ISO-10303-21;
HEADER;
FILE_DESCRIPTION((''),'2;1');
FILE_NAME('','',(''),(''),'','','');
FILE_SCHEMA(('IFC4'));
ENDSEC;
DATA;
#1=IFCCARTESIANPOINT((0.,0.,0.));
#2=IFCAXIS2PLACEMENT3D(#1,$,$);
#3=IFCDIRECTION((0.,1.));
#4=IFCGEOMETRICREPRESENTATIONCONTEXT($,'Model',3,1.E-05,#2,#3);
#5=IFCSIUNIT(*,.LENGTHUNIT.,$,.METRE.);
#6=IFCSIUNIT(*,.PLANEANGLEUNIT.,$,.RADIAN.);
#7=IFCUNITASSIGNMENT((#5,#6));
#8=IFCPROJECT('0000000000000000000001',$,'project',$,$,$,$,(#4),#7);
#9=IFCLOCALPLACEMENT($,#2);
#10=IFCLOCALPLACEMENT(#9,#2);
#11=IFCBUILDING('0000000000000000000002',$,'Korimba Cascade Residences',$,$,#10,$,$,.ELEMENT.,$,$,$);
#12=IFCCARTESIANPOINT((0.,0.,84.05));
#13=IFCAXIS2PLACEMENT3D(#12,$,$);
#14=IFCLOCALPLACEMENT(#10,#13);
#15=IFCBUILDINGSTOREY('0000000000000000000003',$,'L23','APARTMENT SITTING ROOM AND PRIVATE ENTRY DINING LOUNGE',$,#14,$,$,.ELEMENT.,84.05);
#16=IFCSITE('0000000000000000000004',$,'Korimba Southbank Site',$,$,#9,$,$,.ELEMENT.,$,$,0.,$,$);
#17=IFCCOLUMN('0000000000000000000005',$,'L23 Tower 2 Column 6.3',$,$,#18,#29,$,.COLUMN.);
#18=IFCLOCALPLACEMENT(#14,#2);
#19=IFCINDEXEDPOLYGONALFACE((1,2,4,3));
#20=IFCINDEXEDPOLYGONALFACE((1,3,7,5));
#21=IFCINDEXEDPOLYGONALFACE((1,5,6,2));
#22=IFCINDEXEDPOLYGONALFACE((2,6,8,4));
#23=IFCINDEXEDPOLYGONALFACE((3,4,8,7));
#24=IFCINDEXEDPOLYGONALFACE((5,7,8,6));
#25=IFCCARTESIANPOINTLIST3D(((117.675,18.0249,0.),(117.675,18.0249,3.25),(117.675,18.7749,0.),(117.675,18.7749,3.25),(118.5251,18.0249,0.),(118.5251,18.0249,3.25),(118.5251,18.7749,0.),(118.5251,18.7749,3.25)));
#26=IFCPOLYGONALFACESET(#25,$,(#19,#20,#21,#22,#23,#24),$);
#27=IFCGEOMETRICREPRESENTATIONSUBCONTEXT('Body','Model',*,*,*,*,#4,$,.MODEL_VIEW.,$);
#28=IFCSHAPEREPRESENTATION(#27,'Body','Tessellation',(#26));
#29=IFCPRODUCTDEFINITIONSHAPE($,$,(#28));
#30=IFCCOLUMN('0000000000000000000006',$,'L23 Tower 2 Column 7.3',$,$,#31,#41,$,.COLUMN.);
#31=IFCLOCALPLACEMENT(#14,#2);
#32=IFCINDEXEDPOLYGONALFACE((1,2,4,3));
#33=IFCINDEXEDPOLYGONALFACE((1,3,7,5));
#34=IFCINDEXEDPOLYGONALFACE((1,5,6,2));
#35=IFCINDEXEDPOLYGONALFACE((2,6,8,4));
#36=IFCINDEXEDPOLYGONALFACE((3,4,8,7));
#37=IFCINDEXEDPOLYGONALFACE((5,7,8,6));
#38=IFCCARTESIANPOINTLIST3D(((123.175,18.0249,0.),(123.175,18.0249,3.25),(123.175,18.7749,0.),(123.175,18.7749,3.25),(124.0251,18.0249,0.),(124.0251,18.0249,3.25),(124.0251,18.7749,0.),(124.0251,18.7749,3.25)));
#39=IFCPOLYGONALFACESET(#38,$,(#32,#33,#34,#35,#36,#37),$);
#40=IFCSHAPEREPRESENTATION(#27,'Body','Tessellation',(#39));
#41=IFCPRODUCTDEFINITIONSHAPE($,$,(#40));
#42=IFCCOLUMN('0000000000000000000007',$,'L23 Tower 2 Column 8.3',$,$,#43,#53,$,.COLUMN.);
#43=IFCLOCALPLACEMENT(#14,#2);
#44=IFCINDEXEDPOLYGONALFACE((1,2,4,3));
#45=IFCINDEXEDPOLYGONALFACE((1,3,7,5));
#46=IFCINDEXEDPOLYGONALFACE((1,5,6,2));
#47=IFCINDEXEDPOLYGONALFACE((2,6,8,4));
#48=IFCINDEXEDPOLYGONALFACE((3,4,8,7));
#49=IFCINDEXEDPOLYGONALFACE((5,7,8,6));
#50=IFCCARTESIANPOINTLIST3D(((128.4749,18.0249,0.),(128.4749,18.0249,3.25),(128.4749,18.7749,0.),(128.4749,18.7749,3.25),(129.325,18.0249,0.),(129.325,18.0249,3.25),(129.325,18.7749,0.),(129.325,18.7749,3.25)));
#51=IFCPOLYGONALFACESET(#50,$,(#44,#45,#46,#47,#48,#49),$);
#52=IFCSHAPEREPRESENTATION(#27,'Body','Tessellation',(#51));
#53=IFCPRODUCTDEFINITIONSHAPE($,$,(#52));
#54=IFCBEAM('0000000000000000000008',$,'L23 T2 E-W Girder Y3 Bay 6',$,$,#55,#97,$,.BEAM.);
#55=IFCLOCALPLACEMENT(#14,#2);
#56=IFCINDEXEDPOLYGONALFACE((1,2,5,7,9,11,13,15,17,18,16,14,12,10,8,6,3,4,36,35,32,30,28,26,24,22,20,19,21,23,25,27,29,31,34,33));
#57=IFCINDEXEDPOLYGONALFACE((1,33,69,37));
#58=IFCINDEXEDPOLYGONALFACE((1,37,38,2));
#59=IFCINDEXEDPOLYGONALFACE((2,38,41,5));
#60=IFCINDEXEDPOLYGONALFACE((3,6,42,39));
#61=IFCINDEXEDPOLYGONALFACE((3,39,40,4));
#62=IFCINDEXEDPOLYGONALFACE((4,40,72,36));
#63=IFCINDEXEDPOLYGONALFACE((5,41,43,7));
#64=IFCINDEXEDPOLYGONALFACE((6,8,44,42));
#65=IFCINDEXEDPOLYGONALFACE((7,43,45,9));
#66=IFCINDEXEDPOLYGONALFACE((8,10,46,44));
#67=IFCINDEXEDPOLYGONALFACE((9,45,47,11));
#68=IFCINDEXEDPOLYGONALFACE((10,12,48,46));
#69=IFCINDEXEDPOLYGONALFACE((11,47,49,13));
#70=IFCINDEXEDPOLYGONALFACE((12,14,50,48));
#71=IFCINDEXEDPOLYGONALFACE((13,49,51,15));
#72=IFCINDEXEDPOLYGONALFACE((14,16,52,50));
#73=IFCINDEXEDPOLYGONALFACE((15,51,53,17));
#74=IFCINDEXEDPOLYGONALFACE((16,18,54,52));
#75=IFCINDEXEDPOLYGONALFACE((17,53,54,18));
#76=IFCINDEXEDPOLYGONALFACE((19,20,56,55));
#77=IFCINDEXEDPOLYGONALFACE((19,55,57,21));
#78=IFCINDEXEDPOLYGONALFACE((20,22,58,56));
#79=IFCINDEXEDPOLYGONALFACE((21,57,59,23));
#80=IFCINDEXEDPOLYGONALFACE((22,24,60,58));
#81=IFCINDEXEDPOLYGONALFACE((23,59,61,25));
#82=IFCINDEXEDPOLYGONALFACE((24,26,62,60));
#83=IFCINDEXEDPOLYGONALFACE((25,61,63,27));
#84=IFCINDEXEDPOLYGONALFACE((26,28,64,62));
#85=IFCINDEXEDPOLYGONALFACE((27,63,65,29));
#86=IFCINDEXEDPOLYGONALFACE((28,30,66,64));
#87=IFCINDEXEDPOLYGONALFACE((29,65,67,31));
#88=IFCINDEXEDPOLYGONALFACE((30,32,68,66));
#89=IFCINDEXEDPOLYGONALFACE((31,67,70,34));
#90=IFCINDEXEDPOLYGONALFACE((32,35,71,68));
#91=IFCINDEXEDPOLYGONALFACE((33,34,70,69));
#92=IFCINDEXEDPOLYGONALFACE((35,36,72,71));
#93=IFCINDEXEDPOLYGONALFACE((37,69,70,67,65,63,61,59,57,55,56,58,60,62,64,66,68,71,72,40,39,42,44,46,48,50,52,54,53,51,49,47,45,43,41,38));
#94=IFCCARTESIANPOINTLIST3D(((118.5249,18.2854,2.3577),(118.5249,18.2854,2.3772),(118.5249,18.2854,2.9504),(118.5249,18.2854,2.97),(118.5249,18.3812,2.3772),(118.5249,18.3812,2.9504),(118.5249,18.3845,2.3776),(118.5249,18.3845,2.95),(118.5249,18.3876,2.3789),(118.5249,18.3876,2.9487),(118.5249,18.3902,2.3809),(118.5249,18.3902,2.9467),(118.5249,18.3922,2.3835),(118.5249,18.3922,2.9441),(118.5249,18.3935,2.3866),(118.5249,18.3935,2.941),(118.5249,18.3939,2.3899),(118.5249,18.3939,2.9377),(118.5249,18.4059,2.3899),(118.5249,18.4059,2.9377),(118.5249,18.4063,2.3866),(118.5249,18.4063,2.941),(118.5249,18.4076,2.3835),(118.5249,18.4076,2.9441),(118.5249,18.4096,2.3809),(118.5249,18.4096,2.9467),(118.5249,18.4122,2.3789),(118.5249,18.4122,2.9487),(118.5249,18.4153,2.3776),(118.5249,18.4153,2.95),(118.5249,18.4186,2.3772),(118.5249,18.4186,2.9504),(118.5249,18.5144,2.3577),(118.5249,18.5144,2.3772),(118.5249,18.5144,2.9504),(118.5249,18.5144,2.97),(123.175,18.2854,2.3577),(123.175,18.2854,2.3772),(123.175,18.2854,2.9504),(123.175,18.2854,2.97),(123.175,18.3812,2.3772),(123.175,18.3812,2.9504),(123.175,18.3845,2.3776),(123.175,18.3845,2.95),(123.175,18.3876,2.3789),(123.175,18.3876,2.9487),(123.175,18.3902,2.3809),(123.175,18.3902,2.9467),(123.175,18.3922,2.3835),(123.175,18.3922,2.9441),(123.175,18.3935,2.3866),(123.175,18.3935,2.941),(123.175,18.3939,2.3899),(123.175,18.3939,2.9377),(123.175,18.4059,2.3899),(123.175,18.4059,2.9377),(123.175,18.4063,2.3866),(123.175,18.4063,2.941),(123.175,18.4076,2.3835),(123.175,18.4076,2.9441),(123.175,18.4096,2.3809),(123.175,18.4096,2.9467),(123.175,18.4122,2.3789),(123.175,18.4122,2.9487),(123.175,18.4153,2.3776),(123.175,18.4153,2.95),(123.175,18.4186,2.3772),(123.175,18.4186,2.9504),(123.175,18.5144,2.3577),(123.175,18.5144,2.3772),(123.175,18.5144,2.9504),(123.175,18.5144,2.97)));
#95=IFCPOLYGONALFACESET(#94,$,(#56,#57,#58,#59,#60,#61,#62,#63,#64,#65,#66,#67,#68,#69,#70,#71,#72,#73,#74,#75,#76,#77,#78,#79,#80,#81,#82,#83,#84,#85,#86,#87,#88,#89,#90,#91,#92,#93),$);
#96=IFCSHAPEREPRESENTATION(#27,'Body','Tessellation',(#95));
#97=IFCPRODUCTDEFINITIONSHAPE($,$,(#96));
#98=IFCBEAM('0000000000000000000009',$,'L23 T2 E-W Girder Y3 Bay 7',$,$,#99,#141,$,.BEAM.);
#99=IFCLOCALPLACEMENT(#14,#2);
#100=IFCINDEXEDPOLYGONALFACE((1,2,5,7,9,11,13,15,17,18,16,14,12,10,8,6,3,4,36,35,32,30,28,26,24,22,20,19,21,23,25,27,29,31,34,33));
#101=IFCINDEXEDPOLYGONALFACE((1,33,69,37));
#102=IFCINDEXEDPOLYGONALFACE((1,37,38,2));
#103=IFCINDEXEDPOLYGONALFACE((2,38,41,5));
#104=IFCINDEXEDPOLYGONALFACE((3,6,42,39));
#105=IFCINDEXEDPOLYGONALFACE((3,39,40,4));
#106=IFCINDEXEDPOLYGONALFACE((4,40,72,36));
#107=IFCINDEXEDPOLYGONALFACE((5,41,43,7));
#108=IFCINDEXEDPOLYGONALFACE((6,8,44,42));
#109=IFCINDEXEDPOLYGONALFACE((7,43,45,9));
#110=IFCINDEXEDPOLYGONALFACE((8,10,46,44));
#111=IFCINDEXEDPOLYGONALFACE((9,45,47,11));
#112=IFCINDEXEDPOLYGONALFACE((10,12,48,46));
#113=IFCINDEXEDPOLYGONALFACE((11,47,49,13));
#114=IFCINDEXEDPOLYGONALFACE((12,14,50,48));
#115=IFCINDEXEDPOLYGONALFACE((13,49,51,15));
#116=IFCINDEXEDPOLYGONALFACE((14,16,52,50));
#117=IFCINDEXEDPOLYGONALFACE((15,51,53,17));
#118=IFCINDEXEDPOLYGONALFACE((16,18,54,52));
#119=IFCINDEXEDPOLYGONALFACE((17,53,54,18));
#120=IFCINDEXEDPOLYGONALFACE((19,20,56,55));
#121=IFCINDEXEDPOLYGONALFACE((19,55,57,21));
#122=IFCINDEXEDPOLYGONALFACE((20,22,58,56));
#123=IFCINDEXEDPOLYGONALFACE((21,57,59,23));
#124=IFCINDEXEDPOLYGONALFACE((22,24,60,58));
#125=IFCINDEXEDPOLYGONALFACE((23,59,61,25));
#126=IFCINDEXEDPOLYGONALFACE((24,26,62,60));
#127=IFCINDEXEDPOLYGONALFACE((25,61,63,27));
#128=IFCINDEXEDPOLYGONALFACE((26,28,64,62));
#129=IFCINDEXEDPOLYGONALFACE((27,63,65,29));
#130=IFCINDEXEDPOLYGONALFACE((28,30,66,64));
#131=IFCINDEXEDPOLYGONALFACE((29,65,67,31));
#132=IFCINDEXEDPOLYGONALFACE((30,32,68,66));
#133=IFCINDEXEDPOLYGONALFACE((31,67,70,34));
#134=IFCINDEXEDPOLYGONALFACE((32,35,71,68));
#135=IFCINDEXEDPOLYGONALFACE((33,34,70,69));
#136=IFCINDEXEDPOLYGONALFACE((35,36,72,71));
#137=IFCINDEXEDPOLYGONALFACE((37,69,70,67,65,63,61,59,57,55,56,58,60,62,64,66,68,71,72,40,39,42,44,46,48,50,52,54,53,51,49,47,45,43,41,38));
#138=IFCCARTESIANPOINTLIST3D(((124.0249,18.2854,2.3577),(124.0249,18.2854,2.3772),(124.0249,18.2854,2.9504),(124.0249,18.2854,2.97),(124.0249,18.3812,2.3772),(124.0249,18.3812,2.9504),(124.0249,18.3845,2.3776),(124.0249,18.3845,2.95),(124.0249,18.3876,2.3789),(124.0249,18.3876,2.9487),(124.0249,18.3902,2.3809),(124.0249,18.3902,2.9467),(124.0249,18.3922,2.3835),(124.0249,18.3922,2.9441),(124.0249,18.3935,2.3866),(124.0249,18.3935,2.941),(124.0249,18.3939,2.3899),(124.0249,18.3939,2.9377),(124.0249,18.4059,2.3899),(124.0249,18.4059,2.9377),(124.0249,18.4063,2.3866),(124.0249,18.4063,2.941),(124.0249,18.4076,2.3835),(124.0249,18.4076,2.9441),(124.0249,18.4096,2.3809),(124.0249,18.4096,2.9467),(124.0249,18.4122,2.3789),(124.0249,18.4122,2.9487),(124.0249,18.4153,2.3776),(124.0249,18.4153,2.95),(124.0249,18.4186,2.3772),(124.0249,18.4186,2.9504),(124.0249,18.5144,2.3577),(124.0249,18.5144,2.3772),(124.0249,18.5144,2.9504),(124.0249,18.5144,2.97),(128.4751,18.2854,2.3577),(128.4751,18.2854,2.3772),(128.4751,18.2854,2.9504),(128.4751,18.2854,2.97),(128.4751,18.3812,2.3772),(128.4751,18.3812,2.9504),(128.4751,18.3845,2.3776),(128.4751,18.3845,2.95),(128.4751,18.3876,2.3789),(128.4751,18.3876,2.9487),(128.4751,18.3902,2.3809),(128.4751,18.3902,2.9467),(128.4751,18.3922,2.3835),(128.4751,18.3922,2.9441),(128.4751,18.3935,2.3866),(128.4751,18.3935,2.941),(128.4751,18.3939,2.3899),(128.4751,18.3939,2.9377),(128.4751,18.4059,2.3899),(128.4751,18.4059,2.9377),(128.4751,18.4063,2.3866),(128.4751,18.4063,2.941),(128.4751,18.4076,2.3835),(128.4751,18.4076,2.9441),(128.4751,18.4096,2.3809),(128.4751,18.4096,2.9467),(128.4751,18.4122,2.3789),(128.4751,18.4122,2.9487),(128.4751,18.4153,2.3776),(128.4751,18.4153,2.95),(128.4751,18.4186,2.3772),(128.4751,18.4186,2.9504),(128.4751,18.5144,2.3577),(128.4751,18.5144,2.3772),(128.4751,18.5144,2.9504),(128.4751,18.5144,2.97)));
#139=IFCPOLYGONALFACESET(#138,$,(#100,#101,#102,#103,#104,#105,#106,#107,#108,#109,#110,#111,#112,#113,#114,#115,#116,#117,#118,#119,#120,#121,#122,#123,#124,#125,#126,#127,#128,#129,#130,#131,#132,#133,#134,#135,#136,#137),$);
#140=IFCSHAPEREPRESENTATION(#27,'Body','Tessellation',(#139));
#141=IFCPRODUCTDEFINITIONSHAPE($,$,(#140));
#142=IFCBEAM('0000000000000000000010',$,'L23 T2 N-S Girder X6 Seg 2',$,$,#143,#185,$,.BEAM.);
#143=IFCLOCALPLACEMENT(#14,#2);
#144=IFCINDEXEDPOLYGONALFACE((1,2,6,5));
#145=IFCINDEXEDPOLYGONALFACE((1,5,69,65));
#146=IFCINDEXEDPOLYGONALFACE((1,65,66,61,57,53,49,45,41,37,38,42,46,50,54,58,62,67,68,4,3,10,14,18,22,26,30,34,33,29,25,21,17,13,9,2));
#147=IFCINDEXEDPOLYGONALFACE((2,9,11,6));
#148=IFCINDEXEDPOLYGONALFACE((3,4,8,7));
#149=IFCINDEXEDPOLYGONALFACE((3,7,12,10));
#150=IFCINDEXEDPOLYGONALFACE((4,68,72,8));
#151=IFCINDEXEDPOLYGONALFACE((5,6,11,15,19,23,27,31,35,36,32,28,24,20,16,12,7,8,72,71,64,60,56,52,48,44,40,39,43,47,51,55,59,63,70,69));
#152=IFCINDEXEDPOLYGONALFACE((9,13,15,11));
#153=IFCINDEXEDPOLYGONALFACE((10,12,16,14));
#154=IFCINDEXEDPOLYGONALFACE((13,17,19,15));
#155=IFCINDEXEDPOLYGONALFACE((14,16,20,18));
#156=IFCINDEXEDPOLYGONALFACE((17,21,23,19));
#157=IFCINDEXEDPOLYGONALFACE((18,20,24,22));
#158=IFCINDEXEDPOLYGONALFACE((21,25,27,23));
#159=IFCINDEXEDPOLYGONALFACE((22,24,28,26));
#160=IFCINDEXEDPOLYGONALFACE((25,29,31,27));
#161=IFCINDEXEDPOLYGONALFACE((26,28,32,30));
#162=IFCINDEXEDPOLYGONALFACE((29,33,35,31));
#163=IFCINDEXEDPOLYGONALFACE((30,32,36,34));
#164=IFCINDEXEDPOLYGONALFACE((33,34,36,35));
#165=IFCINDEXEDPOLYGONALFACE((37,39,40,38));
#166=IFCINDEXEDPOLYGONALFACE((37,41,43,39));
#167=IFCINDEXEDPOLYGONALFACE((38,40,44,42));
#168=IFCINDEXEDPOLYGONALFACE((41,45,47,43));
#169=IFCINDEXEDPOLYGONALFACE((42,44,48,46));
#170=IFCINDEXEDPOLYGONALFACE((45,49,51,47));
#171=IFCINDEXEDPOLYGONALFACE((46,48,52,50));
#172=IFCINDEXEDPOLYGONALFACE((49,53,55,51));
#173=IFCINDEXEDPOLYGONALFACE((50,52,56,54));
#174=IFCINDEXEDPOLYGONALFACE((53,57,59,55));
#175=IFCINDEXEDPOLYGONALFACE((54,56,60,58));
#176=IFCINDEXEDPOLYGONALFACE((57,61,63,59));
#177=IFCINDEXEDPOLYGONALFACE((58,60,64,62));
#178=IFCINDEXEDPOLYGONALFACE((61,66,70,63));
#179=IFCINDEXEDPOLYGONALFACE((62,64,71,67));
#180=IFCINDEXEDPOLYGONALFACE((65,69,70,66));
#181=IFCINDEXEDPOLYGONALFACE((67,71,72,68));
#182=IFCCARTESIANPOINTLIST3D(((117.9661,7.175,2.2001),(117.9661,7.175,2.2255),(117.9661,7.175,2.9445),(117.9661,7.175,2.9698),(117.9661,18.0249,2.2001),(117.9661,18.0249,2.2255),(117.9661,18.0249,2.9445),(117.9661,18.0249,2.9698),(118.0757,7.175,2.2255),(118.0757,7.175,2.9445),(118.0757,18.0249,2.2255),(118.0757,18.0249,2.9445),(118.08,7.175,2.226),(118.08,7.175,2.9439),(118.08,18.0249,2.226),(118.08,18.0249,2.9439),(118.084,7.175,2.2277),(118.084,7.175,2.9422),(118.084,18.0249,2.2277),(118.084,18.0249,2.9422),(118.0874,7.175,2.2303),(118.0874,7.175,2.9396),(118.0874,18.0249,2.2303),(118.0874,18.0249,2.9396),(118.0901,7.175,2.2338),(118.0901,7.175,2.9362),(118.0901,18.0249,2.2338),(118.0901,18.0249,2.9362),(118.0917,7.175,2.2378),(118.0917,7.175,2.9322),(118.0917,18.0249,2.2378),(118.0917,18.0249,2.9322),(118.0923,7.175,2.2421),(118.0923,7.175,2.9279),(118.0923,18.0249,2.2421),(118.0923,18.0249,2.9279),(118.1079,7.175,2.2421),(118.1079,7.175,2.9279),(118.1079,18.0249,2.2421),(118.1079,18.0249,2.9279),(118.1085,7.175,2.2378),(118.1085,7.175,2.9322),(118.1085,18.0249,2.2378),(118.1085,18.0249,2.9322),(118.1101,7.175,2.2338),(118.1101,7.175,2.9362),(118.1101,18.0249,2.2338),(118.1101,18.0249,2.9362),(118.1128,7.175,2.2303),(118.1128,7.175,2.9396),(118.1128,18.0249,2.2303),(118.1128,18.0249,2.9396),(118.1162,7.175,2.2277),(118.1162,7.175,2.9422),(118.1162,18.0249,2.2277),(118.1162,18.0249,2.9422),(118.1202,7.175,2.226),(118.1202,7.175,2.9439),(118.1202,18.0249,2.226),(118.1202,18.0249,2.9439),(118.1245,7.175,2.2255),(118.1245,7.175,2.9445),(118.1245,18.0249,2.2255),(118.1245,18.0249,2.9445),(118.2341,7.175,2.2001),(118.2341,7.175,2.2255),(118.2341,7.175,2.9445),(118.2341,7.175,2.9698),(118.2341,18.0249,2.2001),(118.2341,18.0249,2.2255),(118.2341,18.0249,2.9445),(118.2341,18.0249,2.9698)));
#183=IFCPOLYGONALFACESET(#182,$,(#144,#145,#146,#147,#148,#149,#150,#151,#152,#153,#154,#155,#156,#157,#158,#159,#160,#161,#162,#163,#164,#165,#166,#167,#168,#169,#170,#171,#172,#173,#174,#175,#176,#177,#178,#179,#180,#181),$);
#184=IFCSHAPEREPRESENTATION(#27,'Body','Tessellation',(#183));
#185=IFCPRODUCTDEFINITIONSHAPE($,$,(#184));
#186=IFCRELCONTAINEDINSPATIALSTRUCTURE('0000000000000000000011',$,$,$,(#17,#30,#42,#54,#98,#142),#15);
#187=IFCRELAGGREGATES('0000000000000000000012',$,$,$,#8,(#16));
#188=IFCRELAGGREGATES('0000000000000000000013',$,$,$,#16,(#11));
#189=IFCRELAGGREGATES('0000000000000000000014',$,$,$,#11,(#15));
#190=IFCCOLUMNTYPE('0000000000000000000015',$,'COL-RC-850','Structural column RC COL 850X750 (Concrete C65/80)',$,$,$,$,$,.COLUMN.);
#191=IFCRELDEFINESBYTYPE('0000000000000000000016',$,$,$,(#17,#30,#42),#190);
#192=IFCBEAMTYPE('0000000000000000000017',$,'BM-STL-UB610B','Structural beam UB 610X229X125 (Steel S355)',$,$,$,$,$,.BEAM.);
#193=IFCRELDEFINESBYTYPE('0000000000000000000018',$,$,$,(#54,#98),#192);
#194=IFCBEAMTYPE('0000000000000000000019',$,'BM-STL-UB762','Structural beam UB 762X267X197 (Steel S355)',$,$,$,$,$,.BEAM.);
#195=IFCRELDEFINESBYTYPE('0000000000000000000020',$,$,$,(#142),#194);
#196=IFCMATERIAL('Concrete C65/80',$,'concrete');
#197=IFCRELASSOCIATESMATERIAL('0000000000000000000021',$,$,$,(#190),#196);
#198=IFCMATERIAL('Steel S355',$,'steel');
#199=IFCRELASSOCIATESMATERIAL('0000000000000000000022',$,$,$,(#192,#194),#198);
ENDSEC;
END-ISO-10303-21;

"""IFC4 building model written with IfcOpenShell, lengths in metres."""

from ifc_helpers import new_model, si_unit, direction, frame, origin, origin_2d, place, context, subcontext, project, spatial, rectangle, i_section, extrude, material, material_profile, profile_set, type_object, element, save


model = new_model("IFC4")

# Units and contexts
model_context = context("Model", 3, precision=1e-05, world=origin(), true_north=direction((0.0, 1.0)))
body_context = subcontext(model_context, "Body", "Model", "MODEL_VIEW")
ifc_project = project(units=[si_unit("LENGTHUNIT", "METRE"), si_unit("PLANEANGLEUNIT", "RADIAN")], contexts=[model_context])

# Site, building, storey
site_placement = place(None, origin())
site = spatial("IfcSite", under=ifc_project, at=site_placement, Name="Korimba Southbank Site", CompositionType="ELEMENT", RefElevation=0.0)
building_placement = place(site_placement, origin())
building = spatial("IfcBuilding", under=site, at=building_placement, Name="Korimba Cascade Residences", CompositionType="ELEMENT")
storey_placement = place(building_placement, frame((0.0, 0.0, 84.05)))
storey = spatial("IfcBuildingStorey", under=building, at=storey_placement, Name="L23", Description="APARTMENT SITTING ROOM AND PRIVATE ENTRY DINING LOUNGE", CompositionType="ELEMENT", Elevation=84.05)

# Columns
ifc_material_1 = material(Name="Concrete C65/80", Category="concrete")
ifc_material_profile_1 = material_profile(ifc_material_1, rectangle(XDim=0.8501, YDim=0.75, at=origin_2d()), Name="Concrete C65/80")
ifc_profile_set_1 = profile_set([ifc_material_profile_1], Name="Concrete C65/80")
column_type = type_object("IfcColumnType", Name="COL-RC-850", Description="Structural column RC COL 850X750 (Concrete C65/80)", PredefinedType="COLUMN", material=ifc_profile_set_1)
for number, where, z_axis, x_axis, name in (
    (1, (118.1001, 18.3999, 0.0), (0.0, 0.0, 1.0), (1.0, 0.0, 0.0), "L23 Tower 2 Column 6.3"),
    (2, (123.6001, 18.3999, 0.0), (0.0, 0.0, 1.0), (1.0, 0.0, 0.0), "L23 Tower 2 Column 7.3"),
    (3, (128.8999, 18.3999, 0.0), (0.0, 0.0, 1.0), (1.0, 0.0, 0.0), "L23 Tower 2 Column 8.3"),
):
    element("IfcColumn", number, at=place(storey_placement, frame(where, z_axis=z_axis, x_axis=x_axis)), inside=storey, type_object=column_type, Name=name, PredefinedType="COLUMN", context=body_context, shape_type="SweptSolid", body=[
        extrude(rectangle(XDim=0.8501, YDim=0.75, at=origin_2d()), origin(), (0.0, 0.0, 1.0), 3.25),
    ])

# Beams
ifc_material_2 = material(Name="Steel S355", Category="steel")
ifc_material_profile_2 = material_profile(ifc_material_2, i_section(OverallWidth=0.229, OverallDepth=0.6123, WebThickness=0.012, FlangeThickness=0.0195, FilletRadius=0.0127, at=origin_2d()), Name="Steel S355")
ifc_profile_set_2 = profile_set([ifc_material_profile_2], Name="Steel S355")
beam_type_1 = type_object("IfcBeamType", Name="BM-STL-UB610B", Description="Structural beam UB 610X229X125 (Steel S355)", PredefinedType="BEAM", material=ifc_profile_set_2)
beam_1_placement = place(storey_placement, frame((118.5249, 18.3999, 2.6638), z_axis=(1.0, 0.0, 0.0), x_axis=(0.0, 1.0, 0.0)))
element("IfcBeam", 4, at=beam_1_placement, inside=storey, type_object=beam_type_1, Name="L23 T2 E-W Girder Y3 Bay 6", PredefinedType="BEAM", context=body_context, shape_type="SweptSolid", body=[
    extrude(i_section(OverallWidth=0.229, OverallDepth=0.6123, WebThickness=0.012, FlangeThickness=0.0195, FilletRadius=0.0127, at=origin_2d()), origin(), (0.0, 0.0, 1.0), 4.6501),
])
beam_2_placement = place(storey_placement, frame((124.0249, 18.3999, 2.6638), z_axis=(1.0, 0.0, 0.0), x_axis=(0.0, 1.0, 0.0)))
element("IfcBeam", 5, at=beam_2_placement, inside=storey, type_object=beam_type_1, Name="L23 T2 E-W Girder Y3 Bay 7", PredefinedType="BEAM", context=body_context, shape_type="SweptSolid", body=[
    extrude(i_section(OverallWidth=0.229, OverallDepth=0.6123, WebThickness=0.012, FlangeThickness=0.0195, FilletRadius=0.0127, at=origin_2d()), origin(), (0.0, 0.0, 1.0), 4.4502),
])
ifc_material_profile_3 = material_profile(ifc_material_2, i_section(OverallWidth=0.2681, OverallDepth=0.7698, WebThickness=0.0156, FlangeThickness=0.0254, FilletRadius=0.0166, at=origin_2d()), Name="Steel S355")
ifc_profile_set_3 = profile_set([ifc_material_profile_3], Name="Steel S355")
beam_type_2 = type_object("IfcBeamType", Name="BM-STL-UB762", Description="Structural beam UB 762X267X197 (Steel S355)", PredefinedType="BEAM", material=ifc_profile_set_3)
for number, where, z_axis, x_axis, name in (
    (6, (118.1001, 7.175, 2.585), (0.0, 1.0, 0.0), (-1.0, 0.0, 0.0), "L23 T2 N-S Girder X6 Seg 2"),
):
    element("IfcBeam", number, at=place(storey_placement, frame(where, z_axis=z_axis, x_axis=x_axis)), inside=storey, type_object=beam_type_2, Name=name, PredefinedType="BEAM", context=body_context, shape_type="SweptSolid", body=[
        extrude(i_section(OverallWidth=0.2681, OverallDepth=0.7698, WebThickness=0.0156, FlangeThickness=0.0254, FilletRadius=0.0166, at=origin_2d()), origin(), (0.0, 0.0, 1.0), 10.8499),
    ])

save(model, "model.ifc")
